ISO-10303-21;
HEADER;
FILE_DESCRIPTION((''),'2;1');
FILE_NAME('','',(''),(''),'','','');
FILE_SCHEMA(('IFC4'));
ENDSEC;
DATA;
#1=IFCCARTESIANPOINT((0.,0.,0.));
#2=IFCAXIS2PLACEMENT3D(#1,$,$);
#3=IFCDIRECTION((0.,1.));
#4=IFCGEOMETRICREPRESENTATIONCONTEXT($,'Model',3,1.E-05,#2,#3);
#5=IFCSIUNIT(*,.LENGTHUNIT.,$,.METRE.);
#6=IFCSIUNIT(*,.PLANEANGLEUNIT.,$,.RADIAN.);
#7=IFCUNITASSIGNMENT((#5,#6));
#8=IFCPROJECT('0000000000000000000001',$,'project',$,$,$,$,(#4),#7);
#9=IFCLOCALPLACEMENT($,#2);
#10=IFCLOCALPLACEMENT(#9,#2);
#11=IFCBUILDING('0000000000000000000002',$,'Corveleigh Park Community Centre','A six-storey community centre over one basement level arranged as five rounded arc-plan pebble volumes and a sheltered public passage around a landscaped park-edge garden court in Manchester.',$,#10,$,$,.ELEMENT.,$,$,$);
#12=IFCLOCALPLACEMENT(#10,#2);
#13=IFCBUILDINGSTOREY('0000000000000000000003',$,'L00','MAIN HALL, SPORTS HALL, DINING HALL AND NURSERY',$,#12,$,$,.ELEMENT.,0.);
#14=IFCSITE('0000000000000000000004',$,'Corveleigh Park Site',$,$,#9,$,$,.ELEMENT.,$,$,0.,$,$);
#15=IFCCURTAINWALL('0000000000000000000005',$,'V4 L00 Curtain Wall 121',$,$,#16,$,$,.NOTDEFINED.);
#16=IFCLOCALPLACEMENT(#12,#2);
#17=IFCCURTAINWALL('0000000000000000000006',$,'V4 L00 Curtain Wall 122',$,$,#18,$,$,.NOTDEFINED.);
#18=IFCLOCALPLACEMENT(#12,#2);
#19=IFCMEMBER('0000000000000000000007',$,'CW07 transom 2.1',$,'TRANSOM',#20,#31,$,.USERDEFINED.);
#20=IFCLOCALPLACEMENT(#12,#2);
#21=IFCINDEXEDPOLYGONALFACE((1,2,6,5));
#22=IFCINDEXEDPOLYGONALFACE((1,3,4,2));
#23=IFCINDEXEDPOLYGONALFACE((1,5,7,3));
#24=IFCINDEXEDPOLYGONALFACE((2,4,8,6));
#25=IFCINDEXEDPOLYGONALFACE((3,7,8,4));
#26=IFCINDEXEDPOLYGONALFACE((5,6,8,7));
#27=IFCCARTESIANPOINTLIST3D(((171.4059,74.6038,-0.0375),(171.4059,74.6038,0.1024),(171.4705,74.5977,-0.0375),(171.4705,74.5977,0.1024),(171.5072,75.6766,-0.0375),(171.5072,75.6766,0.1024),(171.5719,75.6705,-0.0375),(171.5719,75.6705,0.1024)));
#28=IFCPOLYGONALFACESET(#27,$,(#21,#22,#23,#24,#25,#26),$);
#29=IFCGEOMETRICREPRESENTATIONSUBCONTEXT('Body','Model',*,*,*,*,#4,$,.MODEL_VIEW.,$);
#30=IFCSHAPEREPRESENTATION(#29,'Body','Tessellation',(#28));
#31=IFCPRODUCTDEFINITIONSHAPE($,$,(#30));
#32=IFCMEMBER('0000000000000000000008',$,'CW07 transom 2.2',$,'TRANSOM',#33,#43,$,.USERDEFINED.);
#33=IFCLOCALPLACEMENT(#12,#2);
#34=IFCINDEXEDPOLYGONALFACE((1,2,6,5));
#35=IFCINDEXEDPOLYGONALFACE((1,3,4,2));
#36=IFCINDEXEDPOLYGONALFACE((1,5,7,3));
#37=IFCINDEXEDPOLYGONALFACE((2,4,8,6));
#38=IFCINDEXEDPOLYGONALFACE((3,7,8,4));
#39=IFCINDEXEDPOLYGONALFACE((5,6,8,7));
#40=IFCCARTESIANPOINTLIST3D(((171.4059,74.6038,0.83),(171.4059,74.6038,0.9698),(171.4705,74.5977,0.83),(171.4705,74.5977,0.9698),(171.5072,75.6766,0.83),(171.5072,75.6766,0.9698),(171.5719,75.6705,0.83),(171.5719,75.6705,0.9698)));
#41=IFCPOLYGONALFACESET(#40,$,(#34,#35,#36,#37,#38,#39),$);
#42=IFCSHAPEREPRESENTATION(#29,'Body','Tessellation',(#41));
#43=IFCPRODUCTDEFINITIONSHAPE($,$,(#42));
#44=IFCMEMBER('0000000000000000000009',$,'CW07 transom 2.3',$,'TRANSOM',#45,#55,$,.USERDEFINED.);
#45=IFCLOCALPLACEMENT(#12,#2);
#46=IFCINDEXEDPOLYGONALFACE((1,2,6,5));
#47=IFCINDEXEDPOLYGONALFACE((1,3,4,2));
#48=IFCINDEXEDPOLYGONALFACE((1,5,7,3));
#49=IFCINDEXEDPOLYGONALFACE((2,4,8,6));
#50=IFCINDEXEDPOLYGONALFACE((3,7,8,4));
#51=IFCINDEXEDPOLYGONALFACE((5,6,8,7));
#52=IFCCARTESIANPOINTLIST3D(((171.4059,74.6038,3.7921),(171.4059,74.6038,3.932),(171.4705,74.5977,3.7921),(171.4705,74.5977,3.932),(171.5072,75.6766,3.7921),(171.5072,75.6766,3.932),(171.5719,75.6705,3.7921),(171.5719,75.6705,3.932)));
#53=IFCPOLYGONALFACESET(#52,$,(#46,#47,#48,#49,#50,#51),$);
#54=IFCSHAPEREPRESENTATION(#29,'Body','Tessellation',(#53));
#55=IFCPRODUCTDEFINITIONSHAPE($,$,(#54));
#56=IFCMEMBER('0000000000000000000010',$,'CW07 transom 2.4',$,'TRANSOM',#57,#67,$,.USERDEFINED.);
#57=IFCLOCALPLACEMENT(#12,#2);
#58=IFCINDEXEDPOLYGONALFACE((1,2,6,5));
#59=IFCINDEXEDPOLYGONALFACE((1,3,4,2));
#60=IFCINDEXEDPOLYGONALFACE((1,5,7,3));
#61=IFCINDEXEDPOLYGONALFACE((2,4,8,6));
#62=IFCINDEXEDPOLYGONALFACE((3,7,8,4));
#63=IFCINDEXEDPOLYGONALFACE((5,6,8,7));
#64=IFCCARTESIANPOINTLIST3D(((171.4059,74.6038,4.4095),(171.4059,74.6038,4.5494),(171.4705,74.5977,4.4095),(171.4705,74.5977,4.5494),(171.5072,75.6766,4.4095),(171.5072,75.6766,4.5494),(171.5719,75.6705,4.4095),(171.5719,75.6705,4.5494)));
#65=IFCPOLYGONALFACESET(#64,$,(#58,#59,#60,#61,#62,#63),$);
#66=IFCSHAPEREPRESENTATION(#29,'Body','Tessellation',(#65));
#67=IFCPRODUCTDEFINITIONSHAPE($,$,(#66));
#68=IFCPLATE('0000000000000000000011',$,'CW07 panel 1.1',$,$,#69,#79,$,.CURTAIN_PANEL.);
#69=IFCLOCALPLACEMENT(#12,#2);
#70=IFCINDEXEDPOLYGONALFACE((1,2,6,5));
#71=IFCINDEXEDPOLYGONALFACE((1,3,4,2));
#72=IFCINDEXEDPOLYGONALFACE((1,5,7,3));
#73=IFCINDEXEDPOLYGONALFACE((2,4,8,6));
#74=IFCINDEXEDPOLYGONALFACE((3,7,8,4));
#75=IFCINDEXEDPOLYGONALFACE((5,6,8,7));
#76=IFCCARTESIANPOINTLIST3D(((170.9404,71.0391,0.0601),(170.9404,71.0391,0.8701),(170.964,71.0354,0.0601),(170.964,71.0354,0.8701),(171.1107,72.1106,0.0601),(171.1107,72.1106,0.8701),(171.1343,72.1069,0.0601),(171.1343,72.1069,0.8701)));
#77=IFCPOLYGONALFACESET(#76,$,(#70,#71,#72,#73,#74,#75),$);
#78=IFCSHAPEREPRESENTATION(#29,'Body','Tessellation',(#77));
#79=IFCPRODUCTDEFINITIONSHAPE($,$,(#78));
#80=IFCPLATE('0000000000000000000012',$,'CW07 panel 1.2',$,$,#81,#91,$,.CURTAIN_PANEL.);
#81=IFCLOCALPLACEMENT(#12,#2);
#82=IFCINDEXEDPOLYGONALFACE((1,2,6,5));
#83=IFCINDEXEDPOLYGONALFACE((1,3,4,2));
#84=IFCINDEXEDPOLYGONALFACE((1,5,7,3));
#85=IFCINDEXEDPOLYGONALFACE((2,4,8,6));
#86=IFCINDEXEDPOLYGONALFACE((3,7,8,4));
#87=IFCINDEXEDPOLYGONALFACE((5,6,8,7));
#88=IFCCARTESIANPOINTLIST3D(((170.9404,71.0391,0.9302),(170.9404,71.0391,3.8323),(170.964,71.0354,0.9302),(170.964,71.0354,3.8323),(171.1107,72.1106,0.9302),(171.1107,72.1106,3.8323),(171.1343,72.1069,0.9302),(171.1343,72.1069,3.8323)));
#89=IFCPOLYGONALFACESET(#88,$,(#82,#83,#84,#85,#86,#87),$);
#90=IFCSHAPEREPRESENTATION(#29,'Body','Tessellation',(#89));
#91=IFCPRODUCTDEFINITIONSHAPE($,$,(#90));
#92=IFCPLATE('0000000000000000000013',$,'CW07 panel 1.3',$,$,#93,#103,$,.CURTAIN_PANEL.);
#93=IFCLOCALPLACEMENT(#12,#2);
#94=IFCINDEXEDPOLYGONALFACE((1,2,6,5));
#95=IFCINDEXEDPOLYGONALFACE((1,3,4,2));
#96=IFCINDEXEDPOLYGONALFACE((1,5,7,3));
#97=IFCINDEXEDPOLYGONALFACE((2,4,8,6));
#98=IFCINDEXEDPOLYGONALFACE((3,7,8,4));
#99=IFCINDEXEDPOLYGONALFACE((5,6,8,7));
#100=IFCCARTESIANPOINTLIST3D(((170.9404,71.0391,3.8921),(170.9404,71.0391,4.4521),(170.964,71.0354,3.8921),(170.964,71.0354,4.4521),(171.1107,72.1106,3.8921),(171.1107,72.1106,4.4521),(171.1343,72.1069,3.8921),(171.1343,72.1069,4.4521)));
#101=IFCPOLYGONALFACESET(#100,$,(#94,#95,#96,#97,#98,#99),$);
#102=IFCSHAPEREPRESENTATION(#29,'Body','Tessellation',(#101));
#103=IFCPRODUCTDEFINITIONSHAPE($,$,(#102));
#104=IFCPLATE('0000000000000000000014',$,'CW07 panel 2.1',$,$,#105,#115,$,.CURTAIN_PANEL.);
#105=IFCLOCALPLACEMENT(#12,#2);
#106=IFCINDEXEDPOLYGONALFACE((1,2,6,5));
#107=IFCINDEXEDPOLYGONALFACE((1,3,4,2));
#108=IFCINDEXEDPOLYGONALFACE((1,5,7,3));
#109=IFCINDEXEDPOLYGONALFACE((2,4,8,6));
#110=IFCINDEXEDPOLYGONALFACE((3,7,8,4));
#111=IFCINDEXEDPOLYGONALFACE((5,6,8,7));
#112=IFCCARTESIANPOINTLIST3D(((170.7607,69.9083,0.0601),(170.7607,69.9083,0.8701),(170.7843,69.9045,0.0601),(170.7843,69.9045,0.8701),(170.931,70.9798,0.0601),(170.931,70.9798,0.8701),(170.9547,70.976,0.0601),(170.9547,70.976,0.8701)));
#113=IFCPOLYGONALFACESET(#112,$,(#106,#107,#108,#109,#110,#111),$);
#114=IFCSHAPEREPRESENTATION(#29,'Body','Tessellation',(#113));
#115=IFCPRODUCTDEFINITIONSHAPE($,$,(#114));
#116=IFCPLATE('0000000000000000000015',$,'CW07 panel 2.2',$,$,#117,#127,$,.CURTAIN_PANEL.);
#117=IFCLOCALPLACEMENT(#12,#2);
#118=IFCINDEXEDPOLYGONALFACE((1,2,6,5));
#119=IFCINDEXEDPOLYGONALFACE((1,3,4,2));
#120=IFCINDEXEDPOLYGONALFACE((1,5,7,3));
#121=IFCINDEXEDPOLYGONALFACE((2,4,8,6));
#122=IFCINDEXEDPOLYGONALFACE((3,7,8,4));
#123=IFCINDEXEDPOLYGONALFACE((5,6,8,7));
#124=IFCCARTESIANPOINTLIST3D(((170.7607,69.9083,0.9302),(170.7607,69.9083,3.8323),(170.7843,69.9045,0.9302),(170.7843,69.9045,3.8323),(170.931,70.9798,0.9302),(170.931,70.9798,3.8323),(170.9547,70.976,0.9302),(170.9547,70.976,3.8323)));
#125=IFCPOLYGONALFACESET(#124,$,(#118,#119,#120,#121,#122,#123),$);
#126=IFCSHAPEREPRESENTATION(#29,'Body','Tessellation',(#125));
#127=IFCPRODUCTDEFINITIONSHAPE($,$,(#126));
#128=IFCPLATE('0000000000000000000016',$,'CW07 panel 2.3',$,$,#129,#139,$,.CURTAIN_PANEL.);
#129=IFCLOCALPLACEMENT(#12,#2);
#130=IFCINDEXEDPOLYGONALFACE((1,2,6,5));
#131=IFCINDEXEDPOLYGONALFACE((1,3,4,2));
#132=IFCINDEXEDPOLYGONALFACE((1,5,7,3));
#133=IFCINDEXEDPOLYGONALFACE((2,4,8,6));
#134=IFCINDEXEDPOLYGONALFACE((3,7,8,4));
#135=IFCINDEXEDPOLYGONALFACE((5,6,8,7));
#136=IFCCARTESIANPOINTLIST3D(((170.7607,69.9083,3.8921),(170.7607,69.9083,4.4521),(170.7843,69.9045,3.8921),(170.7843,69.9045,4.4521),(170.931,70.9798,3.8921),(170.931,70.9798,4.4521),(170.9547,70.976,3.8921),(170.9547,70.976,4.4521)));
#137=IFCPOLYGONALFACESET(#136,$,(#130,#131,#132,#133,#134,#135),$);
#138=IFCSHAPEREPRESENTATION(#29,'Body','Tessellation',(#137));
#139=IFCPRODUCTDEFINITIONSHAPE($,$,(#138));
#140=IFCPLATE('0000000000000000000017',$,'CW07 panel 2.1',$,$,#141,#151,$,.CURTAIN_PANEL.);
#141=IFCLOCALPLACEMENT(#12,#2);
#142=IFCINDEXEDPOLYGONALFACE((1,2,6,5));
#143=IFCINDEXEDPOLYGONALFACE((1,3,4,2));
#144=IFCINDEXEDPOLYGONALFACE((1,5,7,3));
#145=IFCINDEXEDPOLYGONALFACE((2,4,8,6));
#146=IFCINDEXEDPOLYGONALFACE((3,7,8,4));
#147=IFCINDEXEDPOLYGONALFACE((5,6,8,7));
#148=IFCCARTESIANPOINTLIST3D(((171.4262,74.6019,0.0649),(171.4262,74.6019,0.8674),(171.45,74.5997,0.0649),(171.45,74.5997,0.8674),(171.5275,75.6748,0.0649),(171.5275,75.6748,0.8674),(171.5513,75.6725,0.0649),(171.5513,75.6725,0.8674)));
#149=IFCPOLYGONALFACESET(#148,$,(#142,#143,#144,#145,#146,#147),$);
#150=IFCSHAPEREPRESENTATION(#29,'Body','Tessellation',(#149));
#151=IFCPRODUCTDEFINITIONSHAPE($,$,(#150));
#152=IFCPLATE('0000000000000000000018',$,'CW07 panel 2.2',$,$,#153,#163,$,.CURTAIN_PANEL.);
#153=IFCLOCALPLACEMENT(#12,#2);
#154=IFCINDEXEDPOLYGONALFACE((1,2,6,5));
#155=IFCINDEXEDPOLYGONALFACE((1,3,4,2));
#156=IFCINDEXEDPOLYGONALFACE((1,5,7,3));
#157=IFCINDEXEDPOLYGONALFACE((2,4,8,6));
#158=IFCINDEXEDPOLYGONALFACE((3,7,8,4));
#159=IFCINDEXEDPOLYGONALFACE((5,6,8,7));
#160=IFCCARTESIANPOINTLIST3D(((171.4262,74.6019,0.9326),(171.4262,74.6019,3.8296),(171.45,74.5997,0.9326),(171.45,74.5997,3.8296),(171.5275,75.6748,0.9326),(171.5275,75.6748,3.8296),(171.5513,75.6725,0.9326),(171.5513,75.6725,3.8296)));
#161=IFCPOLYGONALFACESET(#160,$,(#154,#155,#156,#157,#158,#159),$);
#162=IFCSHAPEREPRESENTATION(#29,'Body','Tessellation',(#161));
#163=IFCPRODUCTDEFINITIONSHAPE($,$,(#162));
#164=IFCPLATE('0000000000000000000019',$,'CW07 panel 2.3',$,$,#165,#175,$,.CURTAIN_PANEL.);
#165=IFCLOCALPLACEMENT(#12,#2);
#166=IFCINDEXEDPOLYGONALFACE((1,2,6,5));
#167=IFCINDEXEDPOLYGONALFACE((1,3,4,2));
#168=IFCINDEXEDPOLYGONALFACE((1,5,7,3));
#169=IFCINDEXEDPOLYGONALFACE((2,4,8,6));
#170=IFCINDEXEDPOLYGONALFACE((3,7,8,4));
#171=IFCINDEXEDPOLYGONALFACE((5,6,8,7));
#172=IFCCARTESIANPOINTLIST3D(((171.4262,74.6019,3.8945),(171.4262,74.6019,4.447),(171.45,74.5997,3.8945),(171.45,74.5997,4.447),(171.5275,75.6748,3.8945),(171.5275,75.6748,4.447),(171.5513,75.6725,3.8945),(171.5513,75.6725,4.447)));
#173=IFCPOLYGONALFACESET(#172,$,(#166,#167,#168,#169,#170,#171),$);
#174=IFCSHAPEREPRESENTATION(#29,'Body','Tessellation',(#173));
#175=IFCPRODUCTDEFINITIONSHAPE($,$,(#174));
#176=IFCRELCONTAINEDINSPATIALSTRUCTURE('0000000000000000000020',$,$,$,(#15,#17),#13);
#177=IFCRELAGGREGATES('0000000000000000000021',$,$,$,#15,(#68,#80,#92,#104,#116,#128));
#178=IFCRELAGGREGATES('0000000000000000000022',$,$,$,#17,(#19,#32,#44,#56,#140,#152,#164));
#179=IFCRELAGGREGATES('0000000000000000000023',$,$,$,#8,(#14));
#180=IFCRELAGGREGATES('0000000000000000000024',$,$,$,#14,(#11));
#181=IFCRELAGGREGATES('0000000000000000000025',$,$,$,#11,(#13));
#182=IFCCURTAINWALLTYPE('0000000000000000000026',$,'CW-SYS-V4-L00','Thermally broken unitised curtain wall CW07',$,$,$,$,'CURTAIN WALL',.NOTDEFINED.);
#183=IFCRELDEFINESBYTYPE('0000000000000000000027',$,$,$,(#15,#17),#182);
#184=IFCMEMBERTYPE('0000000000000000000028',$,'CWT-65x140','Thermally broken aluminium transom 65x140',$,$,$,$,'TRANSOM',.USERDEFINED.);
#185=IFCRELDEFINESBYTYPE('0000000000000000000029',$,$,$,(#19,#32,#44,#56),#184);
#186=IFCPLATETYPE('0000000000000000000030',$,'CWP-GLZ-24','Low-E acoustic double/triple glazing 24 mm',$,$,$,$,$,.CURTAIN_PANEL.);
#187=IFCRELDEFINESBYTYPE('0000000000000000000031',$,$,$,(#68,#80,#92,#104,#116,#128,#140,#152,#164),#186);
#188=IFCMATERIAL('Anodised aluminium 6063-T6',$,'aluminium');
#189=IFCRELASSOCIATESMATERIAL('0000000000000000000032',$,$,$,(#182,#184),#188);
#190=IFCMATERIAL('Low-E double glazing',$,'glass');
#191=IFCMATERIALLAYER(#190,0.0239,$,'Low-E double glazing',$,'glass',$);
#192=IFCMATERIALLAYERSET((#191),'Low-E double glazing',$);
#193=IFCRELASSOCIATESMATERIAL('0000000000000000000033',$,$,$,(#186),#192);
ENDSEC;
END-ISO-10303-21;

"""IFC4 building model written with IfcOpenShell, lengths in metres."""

from ifc_helpers import new_model, si_unit, direction, frame, origin, origin_2d, place, context, subcontext, project, spatial, rectangle, extrude, material, layer, layer_set, material_profile, profile_set, type_object, element, aggregate, save


model = new_model("IFC4")

# Units and contexts
model_context = context("Model", 3, precision=1e-05, world=origin(), true_north=direction((0.0, 1.0)))
body_context = subcontext(model_context, "Body", "Model", "MODEL_VIEW")
ifc_project = project(units=[si_unit("LENGTHUNIT", "METRE"), si_unit("PLANEANGLEUNIT", "RADIAN")], contexts=[model_context])

# Site, building, storey
site_placement = place(None, origin())
site = spatial("IfcSite", under=ifc_project, at=site_placement, Name="Corveleigh Park Site", CompositionType="ELEMENT", RefElevation=0.0)
building_placement = place(site_placement, origin())
building = spatial("IfcBuilding", under=site, at=building_placement, Name="Corveleigh Park Community Centre", Description="A six-storey community centre over one basement level arranged as five rounded arc-plan pebble volumes and a sheltered public passage around a landscaped park-edge garden court in Manchester.", CompositionType="ELEMENT")
storey_placement = place(building_placement, origin())
storey = spatial("IfcBuildingStorey", under=building, at=storey_placement, Name="L00", Description="MAIN HALL, SPORTS HALL, DINING HALL AND NURSERY", CompositionType="ELEMENT", Elevation=0.0)

# Curtain walls
ifc_material_1 = material(Name="Anodised aluminium 6063-T6", Category="aluminium")
curtain_wall_type = type_object("IfcCurtainWallType", Name="CW-SYS-V4-L00", Description="Thermally broken unitised curtain wall CW07", ElementType="CURTAIN WALL", PredefinedType="NOTDEFINED", material=ifc_material_1)
curtain_wall_1_placement = place(storey_placement, origin())
curtain_wall_1 = element("IfcCurtainWall", 1, at=curtain_wall_1_placement, inside=storey, type_object=curtain_wall_type, Name="V4 L00 Curtain Wall 121", PredefinedType="NOTDEFINED")
curtain_wall_2_placement = place(storey_placement, origin())
curtain_wall_2 = element("IfcCurtainWall", 2, at=curtain_wall_2_placement, inside=storey, type_object=curtain_wall_type, Name="V4 L00 Curtain Wall 122", PredefinedType="NOTDEFINED")

# Members
ifc_material_profile_1 = material_profile(ifc_material_1, rectangle(XDim=0.0649, YDim=0.1399, at=origin_2d()), Name="ALU-T65x140", Category="aluminium")
ifc_profile_set_1 = profile_set([ifc_material_profile_1], Name="Anodised aluminium 6063-T6")
member_type_1 = type_object("IfcMemberType", Name="CWT-65x140", Description="Thermally broken aluminium transom 65x140", ElementType="TRANSOM", PredefinedType="USERDEFINED", material=ifc_profile_set_1)
member_1_placement = place(storey_placement, frame((171.5396, 75.6736, 0.0325), z_axis=(-0.094029, -0.99557, 0.0), x_axis=(0.99557, -0.094029, 0.0)))
member_1 = element("IfcMember", 3, at=member_1_placement, type_object=member_type_1, Name="CW07 transom 2.1", ObjectType="TRANSOM", PredefinedType="USERDEFINED", context=body_context, shape_type="SweptSolid", body=[
    extrude(rectangle(XDim=0.0649, YDim=0.1399, at=origin_2d()), origin(), (0.0, 0.0, 1.0), 1.0776),
])
member_2_placement = place(storey_placement, frame((171.5396, 75.6736, 0.8999), z_axis=(-0.094029, -0.99557, 0.0), x_axis=(0.99557, -0.094029, 0.0)))
member_2 = element("IfcMember", 4, at=member_2_placement, type_object=member_type_1, Name="CW07 transom 2.2", ObjectType="TRANSOM", PredefinedType="USERDEFINED", context=body_context, shape_type="SweptSolid", body=[
    extrude(rectangle(XDim=0.0649, YDim=0.1399, at=origin_2d()), origin(), (0.0, 0.0, 1.0), 1.0776),
])
member_3_placement = place(storey_placement, frame((171.5396, 75.6736, 3.8621), z_axis=(-0.094029, -0.99557, 0.0), x_axis=(0.99557, -0.094029, 0.0)))
member_3 = element("IfcMember", 5, at=member_3_placement, type_object=member_type_1, Name="CW07 transom 2.3", ObjectType="TRANSOM", PredefinedType="USERDEFINED", context=body_context, shape_type="SweptSolid", body=[
    extrude(rectangle(XDim=0.0649, YDim=0.1399, at=origin_2d()), origin(), (0.0, 0.0, 1.0), 1.0776),
])
member_4_placement = place(storey_placement, frame((171.5396, 75.6736, 4.4795), z_axis=(-0.094029, -0.99557, 0.0), x_axis=(0.99557, -0.094029, 0.0)))
member_4 = element("IfcMember", 6, at=member_4_placement, type_object=member_type_1, Name="CW07 transom 2.4", ObjectType="TRANSOM", PredefinedType="USERDEFINED", context=body_context, shape_type="SweptSolid", body=[
    extrude(rectangle(XDim=0.0649, YDim=0.1399, at=origin_2d()), origin(), (0.0, 0.0, 1.0), 1.0776),
])

# Plates
ifc_material_2 = material(Name="Low-E double glazing", Category="glass")
ifc_layer_1 = layer(ifc_material_2, 0.0239, Name="Low-E double glazing", Category="glass")
ifc_layer_set_1 = layer_set([ifc_layer_1], Name="Low-E double glazing")
plate_type = type_object("IfcPlateType", Name="CWP-GLZ-24", Description="Low-E acoustic double/triple glazing 24 mm", PredefinedType="CURTAIN_PANEL", material=ifc_layer_set_1)
plate_1_placement = place(storey_placement, frame((171.0374, 71.573, 0.0601), z_axis=(0.0, 0.0, 1.0), x_axis=(-0.157011, -0.987597, 0.0)))
plate_1 = element("IfcPlate", 7, at=plate_1_placement, type_object=plate_type, Name="CW07 panel 1.1", PredefinedType="CURTAIN_PANEL", context=body_context, shape_type="SweptSolid", body=[
    extrude(rectangle(XDim=1.085, YDim=0.0239, at=origin_2d()), origin(), (0.0, 0.0, 1.0), 0.8101),
])
plate_2_placement = place(storey_placement, frame((171.0374, 71.573, 0.9302), z_axis=(0.0, 0.0, 1.0), x_axis=(-0.157011, -0.987597, 0.0)))
plate_2 = element("IfcPlate", 8, at=plate_2_placement, type_object=plate_type, Name="CW07 panel 1.2", PredefinedType="CURTAIN_PANEL", context=body_context, shape_type="SweptSolid", body=[
    extrude(rectangle(XDim=1.085, YDim=0.0239, at=origin_2d()), origin(), (0.0, 0.0, 1.0), 2.9021),
])
plate_3_placement = place(storey_placement, frame((171.0374, 71.573, 3.8921), z_axis=(0.0, 0.0, 1.0), x_axis=(-0.157011, -0.987597, 0.0)))
plate_3 = element("IfcPlate", 9, at=plate_3_placement, type_object=plate_type, Name="CW07 panel 1.3", PredefinedType="CURTAIN_PANEL", context=body_context, shape_type="SweptSolid", body=[
    extrude(rectangle(XDim=1.085, YDim=0.0239, at=origin_2d()), origin(), (0.0, 0.0, 1.0), 0.5601),
])
plate_4_placement = place(storey_placement, frame((170.8577, 70.4421, 0.0601), z_axis=(0.0, 0.0, 1.0), x_axis=(-0.157011, -0.987597, 0.0)))
plate_4 = element("IfcPlate", 10, at=plate_4_placement, type_object=plate_type, Name="CW07 panel 2.1", PredefinedType="CURTAIN_PANEL", context=body_context, shape_type="SweptSolid", body=[
    extrude(rectangle(XDim=1.085, YDim=0.0239, at=origin_2d()), origin(), (0.0, 0.0, 1.0), 0.8101),
])
plate_5_placement = place(storey_placement, frame((170.8577, 70.4421, 0.9302), z_axis=(0.0, 0.0, 1.0), x_axis=(-0.157011, -0.987597, 0.0)))
plate_5 = element("IfcPlate", 11, at=plate_5_placement, type_object=plate_type, Name="CW07 panel 2.2", PredefinedType="CURTAIN_PANEL", context=body_context, shape_type="SweptSolid", body=[
    extrude(rectangle(XDim=1.085, YDim=0.0239, at=origin_2d()), origin(), (0.0, 0.0, 1.0), 2.9021),
])
plate_6_placement = place(storey_placement, frame((170.8577, 70.4421, 3.8921), z_axis=(0.0, 0.0, 1.0), x_axis=(-0.157011, -0.987597, 0.0)))
plate_6 = element("IfcPlate", 12, at=plate_6_placement, type_object=plate_type, Name="CW07 panel 2.3", PredefinedType="CURTAIN_PANEL", context=body_context, shape_type="SweptSolid", body=[
    extrude(rectangle(XDim=1.085, YDim=0.0239, at=origin_2d()), origin(), (0.0, 0.0, 1.0), 0.5601),
])
aggregate(curtain_wall_1, [plate_1, plate_2, plate_3, plate_4, plate_5, plate_6])
plate_7_placement = place(storey_placement, frame((171.4888, 75.1372, 0.0649), z_axis=(0.0, 0.0, 1.0), x_axis=(-0.094026, -0.99557, 0.0)))
plate_7 = element("IfcPlate", 13, at=plate_7_placement, type_object=plate_type, Name="CW07 panel 2.1", PredefinedType="CURTAIN_PANEL", context=body_context, shape_type="SweptSolid", body=[
    extrude(rectangle(XDim=1.0776, YDim=0.0239, at=origin_2d()), origin(), (0.0, 0.0, 1.0), 0.8025),
])
plate_8_placement = place(storey_placement, frame((171.4888, 75.1372, 0.9326), z_axis=(0.0, 0.0, 1.0), x_axis=(-0.094026, -0.99557, 0.0)))
plate_8 = element("IfcPlate", 14, at=plate_8_placement, type_object=plate_type, Name="CW07 panel 2.2", PredefinedType="CURTAIN_PANEL", context=body_context, shape_type="SweptSolid", body=[
    extrude(rectangle(XDim=1.0776, YDim=0.0239, at=origin_2d()), origin(), (0.0, 0.0, 1.0), 2.897),
])
plate_9_placement = place(storey_placement, frame((171.4888, 75.1372, 3.8945), z_axis=(0.0, 0.0, 1.0), x_axis=(-0.094026, -0.99557, 0.0)))
plate_9 = element("IfcPlate", 15, at=plate_9_placement, type_object=plate_type, Name="CW07 panel 2.3", PredefinedType="CURTAIN_PANEL", context=body_context, shape_type="SweptSolid", body=[
    extrude(rectangle(XDim=1.0776, YDim=0.0239, at=origin_2d()), origin(), (0.0, 0.0, 1.0), 0.5525),
])
aggregate(curtain_wall_2, [member_1, member_2, member_3, member_4, plate_7, plate_8, plate_9])

save(model, "model.ifc")
